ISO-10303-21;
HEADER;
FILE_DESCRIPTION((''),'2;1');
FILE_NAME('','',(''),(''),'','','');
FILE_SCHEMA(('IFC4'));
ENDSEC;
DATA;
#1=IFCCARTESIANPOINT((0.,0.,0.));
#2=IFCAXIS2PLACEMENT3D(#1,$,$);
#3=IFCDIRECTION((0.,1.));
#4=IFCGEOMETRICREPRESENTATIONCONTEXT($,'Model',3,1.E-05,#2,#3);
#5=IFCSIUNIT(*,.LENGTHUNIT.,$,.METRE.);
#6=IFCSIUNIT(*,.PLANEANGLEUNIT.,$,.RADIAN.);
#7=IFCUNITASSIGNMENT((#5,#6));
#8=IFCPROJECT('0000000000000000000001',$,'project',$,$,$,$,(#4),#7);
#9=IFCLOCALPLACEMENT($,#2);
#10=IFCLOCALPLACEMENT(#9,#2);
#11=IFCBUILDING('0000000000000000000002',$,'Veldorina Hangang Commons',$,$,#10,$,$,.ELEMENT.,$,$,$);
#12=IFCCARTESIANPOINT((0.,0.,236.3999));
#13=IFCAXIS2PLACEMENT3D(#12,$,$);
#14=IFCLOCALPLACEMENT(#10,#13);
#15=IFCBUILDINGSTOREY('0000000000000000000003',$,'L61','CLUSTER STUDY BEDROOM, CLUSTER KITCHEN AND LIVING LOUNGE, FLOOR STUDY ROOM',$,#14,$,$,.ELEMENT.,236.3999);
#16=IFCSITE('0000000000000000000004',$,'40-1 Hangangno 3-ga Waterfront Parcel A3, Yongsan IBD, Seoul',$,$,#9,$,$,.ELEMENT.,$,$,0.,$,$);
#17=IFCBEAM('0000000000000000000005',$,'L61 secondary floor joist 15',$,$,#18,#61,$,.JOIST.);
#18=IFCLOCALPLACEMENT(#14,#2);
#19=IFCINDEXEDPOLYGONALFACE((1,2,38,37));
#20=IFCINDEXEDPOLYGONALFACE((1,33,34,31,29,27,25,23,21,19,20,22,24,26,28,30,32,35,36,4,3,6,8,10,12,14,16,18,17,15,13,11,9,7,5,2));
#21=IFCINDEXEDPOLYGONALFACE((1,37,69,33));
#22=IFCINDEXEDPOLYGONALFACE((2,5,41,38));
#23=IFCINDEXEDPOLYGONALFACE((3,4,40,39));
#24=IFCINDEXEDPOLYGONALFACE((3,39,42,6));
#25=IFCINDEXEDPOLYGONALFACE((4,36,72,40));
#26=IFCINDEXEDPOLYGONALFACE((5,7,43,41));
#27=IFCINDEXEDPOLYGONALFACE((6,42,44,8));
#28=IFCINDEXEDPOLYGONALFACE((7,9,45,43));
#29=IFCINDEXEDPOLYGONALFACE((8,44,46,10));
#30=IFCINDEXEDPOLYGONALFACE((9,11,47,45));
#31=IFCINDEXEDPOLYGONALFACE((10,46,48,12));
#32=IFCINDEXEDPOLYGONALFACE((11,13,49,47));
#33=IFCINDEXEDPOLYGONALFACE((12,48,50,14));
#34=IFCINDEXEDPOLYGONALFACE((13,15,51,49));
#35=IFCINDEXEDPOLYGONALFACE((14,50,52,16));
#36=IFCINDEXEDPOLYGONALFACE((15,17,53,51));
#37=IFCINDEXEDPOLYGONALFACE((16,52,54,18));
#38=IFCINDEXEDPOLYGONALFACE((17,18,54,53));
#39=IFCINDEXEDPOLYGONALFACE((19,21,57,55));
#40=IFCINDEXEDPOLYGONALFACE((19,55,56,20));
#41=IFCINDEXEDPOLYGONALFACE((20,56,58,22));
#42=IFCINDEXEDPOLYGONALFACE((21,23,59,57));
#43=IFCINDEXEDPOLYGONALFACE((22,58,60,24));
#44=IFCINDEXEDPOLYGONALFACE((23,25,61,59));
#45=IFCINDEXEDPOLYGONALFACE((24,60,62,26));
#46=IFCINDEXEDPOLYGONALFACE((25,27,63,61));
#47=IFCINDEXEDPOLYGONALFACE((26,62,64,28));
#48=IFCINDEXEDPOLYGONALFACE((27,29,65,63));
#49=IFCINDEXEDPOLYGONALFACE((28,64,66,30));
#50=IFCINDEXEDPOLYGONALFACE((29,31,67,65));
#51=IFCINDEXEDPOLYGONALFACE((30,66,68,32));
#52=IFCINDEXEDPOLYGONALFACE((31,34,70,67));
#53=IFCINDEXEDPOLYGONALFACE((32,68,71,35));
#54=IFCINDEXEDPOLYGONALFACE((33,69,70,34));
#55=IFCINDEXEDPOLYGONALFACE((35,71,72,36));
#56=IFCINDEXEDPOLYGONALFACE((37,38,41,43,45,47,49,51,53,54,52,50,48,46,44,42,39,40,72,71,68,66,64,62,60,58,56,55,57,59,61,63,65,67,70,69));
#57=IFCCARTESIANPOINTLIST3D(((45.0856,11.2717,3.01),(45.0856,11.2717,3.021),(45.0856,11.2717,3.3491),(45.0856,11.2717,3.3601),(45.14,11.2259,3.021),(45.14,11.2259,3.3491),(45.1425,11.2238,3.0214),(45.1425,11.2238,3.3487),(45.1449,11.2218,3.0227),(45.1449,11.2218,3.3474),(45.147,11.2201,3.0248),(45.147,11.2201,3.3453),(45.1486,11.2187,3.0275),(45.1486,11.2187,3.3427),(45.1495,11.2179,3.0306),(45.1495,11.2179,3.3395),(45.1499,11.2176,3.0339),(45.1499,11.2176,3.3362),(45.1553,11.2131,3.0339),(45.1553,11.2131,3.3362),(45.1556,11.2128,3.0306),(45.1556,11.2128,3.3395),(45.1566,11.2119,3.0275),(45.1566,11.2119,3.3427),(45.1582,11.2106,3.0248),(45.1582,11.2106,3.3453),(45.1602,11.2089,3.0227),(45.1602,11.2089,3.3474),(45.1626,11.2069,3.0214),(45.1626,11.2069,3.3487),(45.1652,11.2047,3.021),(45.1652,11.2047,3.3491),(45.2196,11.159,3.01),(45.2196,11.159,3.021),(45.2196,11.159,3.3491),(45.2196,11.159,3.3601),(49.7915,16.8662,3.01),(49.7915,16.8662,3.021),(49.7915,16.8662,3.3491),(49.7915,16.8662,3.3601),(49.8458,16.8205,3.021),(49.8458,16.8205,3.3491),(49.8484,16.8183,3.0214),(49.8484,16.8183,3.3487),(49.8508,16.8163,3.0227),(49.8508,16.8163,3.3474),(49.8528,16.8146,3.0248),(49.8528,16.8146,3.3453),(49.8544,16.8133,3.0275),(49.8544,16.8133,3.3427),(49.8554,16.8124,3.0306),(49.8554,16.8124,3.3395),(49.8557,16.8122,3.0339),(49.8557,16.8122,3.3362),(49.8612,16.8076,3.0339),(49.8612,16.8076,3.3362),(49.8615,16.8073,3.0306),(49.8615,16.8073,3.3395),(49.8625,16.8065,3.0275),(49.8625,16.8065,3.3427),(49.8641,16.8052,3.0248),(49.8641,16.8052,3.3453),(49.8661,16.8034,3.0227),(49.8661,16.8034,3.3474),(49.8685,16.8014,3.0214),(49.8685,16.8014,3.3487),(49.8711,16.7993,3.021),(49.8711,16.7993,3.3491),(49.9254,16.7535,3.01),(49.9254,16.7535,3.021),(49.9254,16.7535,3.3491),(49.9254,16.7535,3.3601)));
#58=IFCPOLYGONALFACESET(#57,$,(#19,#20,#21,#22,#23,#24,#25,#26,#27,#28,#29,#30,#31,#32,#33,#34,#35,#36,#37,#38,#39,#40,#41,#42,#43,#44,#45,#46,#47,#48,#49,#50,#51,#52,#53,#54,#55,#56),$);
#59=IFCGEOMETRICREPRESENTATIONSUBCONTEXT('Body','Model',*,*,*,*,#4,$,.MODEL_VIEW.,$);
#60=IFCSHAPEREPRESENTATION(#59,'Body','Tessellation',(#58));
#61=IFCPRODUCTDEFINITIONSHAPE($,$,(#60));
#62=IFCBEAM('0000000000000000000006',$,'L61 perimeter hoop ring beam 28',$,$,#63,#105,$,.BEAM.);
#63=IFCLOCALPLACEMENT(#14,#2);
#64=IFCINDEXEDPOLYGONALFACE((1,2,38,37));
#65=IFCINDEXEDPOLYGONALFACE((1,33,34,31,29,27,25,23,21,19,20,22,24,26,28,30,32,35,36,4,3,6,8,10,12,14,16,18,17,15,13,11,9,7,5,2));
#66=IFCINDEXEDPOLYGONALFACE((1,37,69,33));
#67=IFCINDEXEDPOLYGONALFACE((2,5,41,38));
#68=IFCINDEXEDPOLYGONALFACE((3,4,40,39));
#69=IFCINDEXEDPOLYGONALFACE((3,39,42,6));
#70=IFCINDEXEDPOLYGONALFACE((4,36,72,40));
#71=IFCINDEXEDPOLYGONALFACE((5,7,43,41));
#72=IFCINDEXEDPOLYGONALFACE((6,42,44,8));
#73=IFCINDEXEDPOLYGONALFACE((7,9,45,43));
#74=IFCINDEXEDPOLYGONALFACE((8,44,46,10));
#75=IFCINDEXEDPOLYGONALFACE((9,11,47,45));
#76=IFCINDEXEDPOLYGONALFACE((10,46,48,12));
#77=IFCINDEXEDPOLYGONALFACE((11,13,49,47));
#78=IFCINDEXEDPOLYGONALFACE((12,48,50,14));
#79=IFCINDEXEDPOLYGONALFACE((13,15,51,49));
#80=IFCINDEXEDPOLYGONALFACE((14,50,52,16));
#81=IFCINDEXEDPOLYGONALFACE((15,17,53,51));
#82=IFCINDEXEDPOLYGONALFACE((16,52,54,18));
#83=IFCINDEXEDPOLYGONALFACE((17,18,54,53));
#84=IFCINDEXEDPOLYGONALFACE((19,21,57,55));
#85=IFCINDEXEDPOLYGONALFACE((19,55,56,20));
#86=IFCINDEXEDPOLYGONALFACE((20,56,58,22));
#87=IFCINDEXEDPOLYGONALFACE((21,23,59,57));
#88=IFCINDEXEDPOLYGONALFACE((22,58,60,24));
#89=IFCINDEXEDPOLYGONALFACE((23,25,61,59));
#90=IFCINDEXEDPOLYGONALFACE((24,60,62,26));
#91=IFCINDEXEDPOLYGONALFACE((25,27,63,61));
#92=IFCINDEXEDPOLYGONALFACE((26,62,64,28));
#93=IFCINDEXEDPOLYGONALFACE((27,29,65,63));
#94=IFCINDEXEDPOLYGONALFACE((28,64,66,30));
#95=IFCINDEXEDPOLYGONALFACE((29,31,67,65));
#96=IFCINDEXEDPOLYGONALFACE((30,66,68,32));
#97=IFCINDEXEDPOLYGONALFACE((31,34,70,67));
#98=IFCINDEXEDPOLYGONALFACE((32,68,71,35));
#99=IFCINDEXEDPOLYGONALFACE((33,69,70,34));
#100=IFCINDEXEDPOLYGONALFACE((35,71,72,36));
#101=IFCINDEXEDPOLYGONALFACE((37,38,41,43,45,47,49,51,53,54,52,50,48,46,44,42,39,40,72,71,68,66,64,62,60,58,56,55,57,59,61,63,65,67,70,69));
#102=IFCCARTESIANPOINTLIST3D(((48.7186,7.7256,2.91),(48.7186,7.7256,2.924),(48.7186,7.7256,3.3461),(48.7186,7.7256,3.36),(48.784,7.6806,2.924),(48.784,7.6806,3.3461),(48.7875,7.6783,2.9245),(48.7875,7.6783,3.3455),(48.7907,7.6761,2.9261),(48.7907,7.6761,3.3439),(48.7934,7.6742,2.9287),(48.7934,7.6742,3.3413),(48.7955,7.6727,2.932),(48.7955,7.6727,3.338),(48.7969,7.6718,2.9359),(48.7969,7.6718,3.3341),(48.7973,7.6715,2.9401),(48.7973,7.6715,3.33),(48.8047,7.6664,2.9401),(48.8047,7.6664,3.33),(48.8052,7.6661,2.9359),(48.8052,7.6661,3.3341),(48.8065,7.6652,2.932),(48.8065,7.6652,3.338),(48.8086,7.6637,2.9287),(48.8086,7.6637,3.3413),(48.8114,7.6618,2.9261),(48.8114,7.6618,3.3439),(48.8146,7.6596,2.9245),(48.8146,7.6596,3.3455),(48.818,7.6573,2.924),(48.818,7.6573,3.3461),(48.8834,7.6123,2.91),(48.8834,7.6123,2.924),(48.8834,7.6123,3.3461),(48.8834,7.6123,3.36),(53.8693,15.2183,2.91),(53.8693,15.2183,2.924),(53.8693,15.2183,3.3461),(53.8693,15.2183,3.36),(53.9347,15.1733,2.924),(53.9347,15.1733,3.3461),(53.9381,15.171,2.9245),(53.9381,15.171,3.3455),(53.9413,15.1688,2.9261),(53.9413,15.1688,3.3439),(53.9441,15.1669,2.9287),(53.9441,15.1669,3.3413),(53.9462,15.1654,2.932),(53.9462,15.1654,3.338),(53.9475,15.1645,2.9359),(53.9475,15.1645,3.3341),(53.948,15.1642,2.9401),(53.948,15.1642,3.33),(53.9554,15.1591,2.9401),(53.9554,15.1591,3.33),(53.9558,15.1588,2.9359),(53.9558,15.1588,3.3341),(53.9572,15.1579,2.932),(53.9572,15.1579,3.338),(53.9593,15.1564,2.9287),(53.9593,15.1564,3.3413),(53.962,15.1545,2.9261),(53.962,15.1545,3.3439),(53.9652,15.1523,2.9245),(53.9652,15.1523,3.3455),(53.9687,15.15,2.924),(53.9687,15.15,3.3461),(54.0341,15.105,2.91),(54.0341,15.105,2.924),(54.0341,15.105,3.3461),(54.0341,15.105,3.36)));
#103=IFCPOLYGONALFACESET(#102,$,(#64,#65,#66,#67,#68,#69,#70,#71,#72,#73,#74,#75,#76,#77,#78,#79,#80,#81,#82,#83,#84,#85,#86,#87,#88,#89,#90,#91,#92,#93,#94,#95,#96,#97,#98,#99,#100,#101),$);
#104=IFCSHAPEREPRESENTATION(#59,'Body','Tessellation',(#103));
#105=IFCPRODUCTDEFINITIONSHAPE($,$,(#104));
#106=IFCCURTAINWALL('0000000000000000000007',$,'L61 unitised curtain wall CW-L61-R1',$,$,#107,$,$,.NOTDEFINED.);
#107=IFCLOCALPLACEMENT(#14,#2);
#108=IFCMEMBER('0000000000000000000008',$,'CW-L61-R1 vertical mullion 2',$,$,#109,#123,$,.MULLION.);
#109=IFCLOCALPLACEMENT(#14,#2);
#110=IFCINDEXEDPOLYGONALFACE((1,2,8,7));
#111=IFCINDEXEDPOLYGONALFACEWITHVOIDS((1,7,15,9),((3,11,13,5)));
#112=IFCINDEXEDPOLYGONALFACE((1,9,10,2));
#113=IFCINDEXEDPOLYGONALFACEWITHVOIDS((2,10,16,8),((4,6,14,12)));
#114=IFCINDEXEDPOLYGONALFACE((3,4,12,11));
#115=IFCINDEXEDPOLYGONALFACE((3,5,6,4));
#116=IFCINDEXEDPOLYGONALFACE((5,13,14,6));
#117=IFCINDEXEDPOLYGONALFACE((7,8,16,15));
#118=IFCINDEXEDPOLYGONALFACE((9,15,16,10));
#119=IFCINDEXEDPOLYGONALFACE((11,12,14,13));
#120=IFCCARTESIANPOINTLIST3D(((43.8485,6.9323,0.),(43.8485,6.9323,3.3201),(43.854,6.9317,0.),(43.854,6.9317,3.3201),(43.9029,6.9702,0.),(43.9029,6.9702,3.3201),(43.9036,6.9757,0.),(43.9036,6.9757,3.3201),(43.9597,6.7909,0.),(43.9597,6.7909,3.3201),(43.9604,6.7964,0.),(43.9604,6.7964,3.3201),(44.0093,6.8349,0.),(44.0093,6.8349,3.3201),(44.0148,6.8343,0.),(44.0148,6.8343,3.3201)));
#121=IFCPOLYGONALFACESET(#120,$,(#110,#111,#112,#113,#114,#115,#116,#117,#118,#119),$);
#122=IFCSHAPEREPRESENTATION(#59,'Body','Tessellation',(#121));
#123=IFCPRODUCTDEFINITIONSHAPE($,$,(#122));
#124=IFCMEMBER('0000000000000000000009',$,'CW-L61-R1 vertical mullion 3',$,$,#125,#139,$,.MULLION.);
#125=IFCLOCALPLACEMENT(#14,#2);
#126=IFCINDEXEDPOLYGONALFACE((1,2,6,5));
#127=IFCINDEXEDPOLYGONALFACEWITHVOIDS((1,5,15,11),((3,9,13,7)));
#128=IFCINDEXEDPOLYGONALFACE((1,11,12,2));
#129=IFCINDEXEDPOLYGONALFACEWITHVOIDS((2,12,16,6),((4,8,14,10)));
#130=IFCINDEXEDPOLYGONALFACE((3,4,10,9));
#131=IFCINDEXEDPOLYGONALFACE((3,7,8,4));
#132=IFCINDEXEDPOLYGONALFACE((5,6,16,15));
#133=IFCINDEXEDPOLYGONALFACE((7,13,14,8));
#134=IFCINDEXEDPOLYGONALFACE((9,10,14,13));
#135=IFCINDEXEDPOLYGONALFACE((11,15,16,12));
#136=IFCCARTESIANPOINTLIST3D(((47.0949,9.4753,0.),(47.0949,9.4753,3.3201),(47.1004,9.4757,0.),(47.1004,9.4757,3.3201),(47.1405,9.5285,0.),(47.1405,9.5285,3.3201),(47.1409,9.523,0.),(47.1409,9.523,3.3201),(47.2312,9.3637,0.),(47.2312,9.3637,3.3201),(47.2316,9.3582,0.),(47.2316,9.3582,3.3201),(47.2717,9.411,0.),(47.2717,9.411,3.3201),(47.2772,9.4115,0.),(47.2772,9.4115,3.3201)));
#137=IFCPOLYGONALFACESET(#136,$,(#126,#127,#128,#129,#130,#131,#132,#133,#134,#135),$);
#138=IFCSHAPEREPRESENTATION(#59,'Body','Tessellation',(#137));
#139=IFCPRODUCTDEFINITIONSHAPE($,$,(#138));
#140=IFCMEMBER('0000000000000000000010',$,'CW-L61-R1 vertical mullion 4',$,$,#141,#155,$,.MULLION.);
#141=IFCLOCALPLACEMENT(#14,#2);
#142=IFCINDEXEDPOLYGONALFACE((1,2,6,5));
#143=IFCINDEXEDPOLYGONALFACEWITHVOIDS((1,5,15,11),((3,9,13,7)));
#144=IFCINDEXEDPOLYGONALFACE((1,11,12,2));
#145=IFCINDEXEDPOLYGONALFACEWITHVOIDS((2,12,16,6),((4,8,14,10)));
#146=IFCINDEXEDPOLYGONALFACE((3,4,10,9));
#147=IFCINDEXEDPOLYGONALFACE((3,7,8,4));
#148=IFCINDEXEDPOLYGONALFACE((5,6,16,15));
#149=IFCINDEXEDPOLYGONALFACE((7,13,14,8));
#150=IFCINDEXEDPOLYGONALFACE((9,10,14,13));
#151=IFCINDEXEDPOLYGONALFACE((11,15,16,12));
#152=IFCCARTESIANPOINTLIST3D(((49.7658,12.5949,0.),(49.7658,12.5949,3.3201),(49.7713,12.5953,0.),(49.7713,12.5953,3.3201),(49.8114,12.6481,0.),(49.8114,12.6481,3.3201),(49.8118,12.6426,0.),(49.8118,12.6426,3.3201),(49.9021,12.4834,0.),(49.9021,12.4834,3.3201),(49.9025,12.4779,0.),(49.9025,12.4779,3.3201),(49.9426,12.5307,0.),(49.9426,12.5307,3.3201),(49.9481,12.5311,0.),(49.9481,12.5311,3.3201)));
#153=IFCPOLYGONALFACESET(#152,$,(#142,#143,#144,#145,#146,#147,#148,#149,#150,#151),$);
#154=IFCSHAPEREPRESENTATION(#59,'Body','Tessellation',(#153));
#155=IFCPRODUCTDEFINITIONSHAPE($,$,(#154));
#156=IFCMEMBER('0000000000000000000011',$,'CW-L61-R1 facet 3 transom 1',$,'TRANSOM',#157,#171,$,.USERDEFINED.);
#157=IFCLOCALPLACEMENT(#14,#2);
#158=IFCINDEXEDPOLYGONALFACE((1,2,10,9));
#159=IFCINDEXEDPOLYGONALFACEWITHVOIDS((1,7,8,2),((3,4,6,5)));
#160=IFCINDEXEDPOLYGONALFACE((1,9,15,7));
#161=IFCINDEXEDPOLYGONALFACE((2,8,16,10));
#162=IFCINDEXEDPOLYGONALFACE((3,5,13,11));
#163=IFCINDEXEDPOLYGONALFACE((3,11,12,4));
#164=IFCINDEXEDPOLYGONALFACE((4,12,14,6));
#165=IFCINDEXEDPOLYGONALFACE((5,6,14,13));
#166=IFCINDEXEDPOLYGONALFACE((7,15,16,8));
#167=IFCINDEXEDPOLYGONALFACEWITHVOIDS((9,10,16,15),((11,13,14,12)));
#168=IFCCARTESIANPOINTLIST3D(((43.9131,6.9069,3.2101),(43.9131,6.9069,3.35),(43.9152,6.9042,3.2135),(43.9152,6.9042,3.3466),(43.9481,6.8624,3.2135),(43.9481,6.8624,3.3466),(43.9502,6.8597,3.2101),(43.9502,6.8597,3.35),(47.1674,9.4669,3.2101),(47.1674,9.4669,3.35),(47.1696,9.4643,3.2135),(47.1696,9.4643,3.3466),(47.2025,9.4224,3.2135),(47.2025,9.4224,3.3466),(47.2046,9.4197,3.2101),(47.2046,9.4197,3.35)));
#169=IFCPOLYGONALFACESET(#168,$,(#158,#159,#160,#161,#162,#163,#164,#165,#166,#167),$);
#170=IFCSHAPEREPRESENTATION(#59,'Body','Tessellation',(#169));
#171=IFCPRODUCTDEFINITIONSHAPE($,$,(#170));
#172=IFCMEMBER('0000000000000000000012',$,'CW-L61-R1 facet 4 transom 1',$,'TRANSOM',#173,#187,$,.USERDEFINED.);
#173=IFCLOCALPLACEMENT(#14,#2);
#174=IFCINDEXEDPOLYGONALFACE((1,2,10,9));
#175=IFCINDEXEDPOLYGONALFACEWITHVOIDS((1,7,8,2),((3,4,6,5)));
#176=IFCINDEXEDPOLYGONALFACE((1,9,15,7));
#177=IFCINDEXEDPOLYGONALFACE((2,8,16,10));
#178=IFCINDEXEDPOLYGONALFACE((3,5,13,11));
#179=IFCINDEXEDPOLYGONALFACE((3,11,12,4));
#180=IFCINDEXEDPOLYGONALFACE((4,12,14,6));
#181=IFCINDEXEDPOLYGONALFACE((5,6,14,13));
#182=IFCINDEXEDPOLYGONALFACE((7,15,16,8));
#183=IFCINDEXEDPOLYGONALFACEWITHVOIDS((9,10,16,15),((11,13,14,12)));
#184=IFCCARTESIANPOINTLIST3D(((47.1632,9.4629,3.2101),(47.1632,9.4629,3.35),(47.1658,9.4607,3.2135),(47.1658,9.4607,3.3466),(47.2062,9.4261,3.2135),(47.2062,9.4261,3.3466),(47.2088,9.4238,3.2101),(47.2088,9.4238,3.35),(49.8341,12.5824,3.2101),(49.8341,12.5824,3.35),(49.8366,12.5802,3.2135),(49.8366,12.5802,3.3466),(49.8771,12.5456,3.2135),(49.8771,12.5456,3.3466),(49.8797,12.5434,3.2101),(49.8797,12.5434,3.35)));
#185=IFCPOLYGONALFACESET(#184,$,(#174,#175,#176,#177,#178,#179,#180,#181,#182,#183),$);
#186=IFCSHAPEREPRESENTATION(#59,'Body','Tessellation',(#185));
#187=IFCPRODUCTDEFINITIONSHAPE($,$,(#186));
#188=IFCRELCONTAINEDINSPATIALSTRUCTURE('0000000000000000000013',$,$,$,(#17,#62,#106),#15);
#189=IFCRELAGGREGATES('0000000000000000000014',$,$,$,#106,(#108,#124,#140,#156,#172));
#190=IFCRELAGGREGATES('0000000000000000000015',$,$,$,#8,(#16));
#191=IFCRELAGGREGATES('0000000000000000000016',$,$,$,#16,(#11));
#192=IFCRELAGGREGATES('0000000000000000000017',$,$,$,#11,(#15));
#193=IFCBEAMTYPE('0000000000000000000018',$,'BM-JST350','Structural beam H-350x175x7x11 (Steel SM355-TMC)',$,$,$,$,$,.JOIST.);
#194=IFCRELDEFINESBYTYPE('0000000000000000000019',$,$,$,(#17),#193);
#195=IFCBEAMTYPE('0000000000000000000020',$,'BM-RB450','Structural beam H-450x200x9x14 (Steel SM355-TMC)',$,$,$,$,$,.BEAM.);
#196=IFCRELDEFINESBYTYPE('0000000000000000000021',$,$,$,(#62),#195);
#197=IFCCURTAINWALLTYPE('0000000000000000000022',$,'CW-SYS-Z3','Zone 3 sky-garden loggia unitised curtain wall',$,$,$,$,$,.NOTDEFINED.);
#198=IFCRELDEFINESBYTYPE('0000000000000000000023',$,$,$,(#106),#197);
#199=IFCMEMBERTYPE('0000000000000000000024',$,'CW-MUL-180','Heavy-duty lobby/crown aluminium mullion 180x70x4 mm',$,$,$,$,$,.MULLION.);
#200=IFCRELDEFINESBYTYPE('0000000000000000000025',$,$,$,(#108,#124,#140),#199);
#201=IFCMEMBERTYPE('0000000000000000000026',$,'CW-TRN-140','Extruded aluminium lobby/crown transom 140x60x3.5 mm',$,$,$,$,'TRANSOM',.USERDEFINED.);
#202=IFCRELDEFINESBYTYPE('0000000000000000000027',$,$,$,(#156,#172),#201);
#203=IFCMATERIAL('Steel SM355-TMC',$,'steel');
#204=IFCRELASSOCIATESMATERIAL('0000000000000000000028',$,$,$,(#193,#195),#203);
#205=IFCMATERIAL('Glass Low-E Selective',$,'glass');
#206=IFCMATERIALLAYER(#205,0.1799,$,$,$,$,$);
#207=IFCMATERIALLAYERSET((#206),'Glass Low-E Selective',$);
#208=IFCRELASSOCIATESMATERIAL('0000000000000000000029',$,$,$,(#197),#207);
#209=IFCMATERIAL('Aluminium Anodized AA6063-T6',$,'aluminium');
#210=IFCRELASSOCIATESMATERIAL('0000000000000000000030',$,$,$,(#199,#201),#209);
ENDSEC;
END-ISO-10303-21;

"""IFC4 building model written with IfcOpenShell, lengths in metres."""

from ifc_helpers import new_model, si_unit, direction, frame, origin, origin_2d, place, context, subcontext, project, spatial, hollow_rectangle, i_section, extrude, material, layer, layer_set, material_profile, profile_set, type_object, element, aggregate, save


model = new_model("IFC4")

# Units and contexts
model_context = context("Model", 3, precision=1e-05, world=origin(), true_north=direction((0.0, 1.0)))
body_context = subcontext(model_context, "Body", "Model", "MODEL_VIEW")
ifc_project = project(units=[si_unit("LENGTHUNIT", "METRE"), si_unit("PLANEANGLEUNIT", "RADIAN")], contexts=[model_context])

# Site, building, storey
site_placement = place(None, origin())
site = spatial("IfcSite", under=ifc_project, at=site_placement, Name="40-1 Hangangno 3-ga Waterfront Parcel A3, Yongsan IBD, Seoul", CompositionType="ELEMENT", RefElevation=0.0)
building_placement = place(site_placement, origin())
building = spatial("IfcBuilding", under=site, at=building_placement, Name="Veldorina Hangang Commons", CompositionType="ELEMENT")
storey_placement = place(building_placement, frame((0.0, 0.0, 236.3999)))
storey = spatial("IfcBuildingStorey", under=building, at=storey_placement, Name="L61", Description="CLUSTER STUDY BEDROOM, CLUSTER KITCHEN AND LIVING LOUNGE, FLOOR STUDY ROOM", CompositionType="ELEMENT", Elevation=236.3999)

# Beams
ifc_material_1 = material(Name="Steel SM355-TMC", Category="steel")
ifc_material_profile_1 = material_profile(ifc_material_1, i_section(OverallWidth=0.175, OverallDepth=0.3501, WebThickness=0.0071, FlangeThickness=0.011, FilletRadius=0.0129, at=origin_2d()), Name="H-350x175x7x11")
ifc_profile_set_1 = profile_set([ifc_material_profile_1], Name="Steel SM355-TMC")
beam_type_1 = type_object("IfcBeamType", Name="BM-JST350", Description="Structural beam H-350x175x7x11 (Steel SM355-TMC)", PredefinedType="JOIST", material=ifc_profile_set_1)
beam_1_placement = place(storey_placement, frame((45.1526, 11.2153, 3.1851), z_axis=(0.643709, 0.76527, 0.0), x_axis=(-0.76527, 0.643709, 0.0)))
element("IfcBeam", 1, at=beam_1_placement, inside=storey, type_object=beam_type_1, Name="L61 secondary floor joist 15", PredefinedType="JOIST", context=body_context, shape_type="SweptSolid", body=[
    extrude(i_section(OverallWidth=0.175, OverallDepth=0.3501, WebThickness=0.0071, FlangeThickness=0.011, FilletRadius=0.0129, at=origin_2d()), origin(), (0.0, 0.0, 1.0), 7.3105),
])
ifc_material_profile_2 = material_profile(ifc_material_1, i_section(OverallWidth=0.2, OverallDepth=0.45, WebThickness=0.009, FlangeThickness=0.0139, FilletRadius=0.0161, at=origin_2d()), Name="H-450x200x9x14")
ifc_profile_set_2 = profile_set([ifc_material_profile_2], Name="Steel SM355-TMC")
beam_type_2 = type_object("IfcBeamType", Name="BM-RB450", Description="Structural beam H-450x200x9x14 (Steel SM355-TMC)", PredefinedType="BEAM", material=ifc_profile_set_2)
beam_2_placement = place(storey_placement, frame((48.801, 7.6689, 3.135), z_axis=(0.566486, 0.824072, 0.0), x_axis=(-0.824072, 0.566486, 0.0)))
element("IfcBeam", 2, at=beam_2_placement, inside=storey, type_object=beam_type_2, Name="L61 perimeter hoop ring beam 28", PredefinedType="BEAM", context=body_context, shape_type="SweptSolid", body=[
    extrude(i_section(OverallWidth=0.2, OverallDepth=0.45, WebThickness=0.009, FlangeThickness=0.0139, FilletRadius=0.0161, at=origin_2d()), origin(), (0.0, 0.0, 1.0), 9.0923),
])

# Curtain wall, members
ifc_material_2 = material(Name="Glass Low-E Selective", Category="glass")
ifc_layer_1 = layer(ifc_material_2, 0.1799)
ifc_layer_set_1 = layer_set([ifc_layer_1], Name="Glass Low-E Selective")
curtain_wall_type = type_object("IfcCurtainWallType", Name="CW-SYS-Z3", Description="Zone 3 sky-garden loggia unitised curtain wall", PredefinedType="NOTDEFINED", material=ifc_layer_set_1)
curtain_wall_placement = place(storey_placement, origin())
curtain_wall = element("IfcCurtainWall", 3, at=curtain_wall_placement, inside=storey, type_object=curtain_wall_type, Name="L61 unitised curtain wall CW-L61-R1", PredefinedType="NOTDEFINED")
ifc_material_3 = material(Name="Aluminium Anodized AA6063-T6", Category="aluminium")
ifc_material_profile_3 = material_profile(ifc_material_3, hollow_rectangle(XDim=0.0701, YDim=0.1799, WallThickness=0.0039, at=origin_2d()), Name="ALU-RHS-180x70x4")
ifc_profile_set_3 = profile_set([ifc_material_profile_3], Name="Aluminium Anodized AA6063-T6")
member_type_1 = type_object("IfcMemberType", Name="CW-MUL-180", Description="Heavy-duty lobby/crown aluminium mullion 180x70x4 mm", PredefinedType="MULLION", material=ifc_profile_set_3)
member_1_placement = place(storey_placement, frame((43.9316, 6.8833, 0.0), z_axis=(0.0, 0.0, 1.0), x_axis=(0.785954, 0.618285, 0.0)))
member_1 = element("IfcMember", 4, at=member_1_placement, type_object=member_type_1, Name="CW-L61-R1 vertical mullion 2", PredefinedType="MULLION", context=body_context, shape_type="SweptSolid", body=[
    extrude(hollow_rectangle(XDim=0.0701, YDim=0.1799, WallThickness=0.0039, at=origin_2d()), origin(), (0.0, 0.0, 1.0), 3.3201),
])
member_2_placement = place(storey_placement, frame((47.186, 9.4434, 0.0), z_axis=(0.0, 0.0, 1.0), x_axis=(0.650363, 0.759623, 0.0)))
member_2 = element("IfcMember", 5, at=member_2_placement, type_object=member_type_1, Name="CW-L61-R1 vertical mullion 3", PredefinedType="MULLION", context=body_context, shape_type="SweptSolid", body=[
    extrude(hollow_rectangle(XDim=0.0701, YDim=0.1799, WallThickness=0.0039, at=origin_2d()), origin(), (0.0, 0.0, 1.0), 3.3201),
])
member_3_placement = place(storey_placement, frame((49.8569, 12.563, 0.0), z_axis=(0.0, 0.0, 1.0), x_axis=(-0.650363, -0.759623, 0.0)))
member_3 = element("IfcMember", 6, at=member_3_placement, type_object=member_type_1, Name="CW-L61-R1 vertical mullion 4", PredefinedType="MULLION", context=body_context, shape_type="SweptSolid", body=[
    extrude(hollow_rectangle(XDim=0.0701, YDim=0.1799, WallThickness=0.0039, at=origin_2d()), origin(), (0.0, 0.0, 1.0), 3.3201),
])
ifc_material_profile_4 = material_profile(ifc_material_3, hollow_rectangle(XDim=0.0601, YDim=0.1399, WallThickness=0.0034, at=origin_2d()), Name="ALU-RHS-140x60x3.5")
ifc_profile_set_4 = profile_set([ifc_material_profile_4], Name="Aluminium Anodized AA6063-T6")
member_type_2 = type_object("IfcMemberType", Name="CW-TRN-140", Description="Extruded aluminium lobby/crown transom 140x60x3.5 mm", ElementType="TRANSOM", PredefinedType="USERDEFINED", material=ifc_profile_set_4)
member_4_placement = place(storey_placement, frame((43.9316, 6.8833, 3.28), z_axis=(0.785962, 0.618275, 0.0), x_axis=(-0.618275, 0.785962, 0.0)))
member_4 = element("IfcMember", 7, at=member_4_placement, type_object=member_type_2, Name="CW-L61-R1 facet 3 transom 1", ObjectType="TRANSOM", PredefinedType="USERDEFINED", context=body_context, shape_type="SweptSolid", body=[
    extrude(hollow_rectangle(XDim=0.0601, YDim=0.1399, WallThickness=0.0034, at=origin_2d()), origin(), (0.0, 0.0, 1.0), 4.1406),
])
member_5_placement = place(storey_placement, frame((47.186, 9.4434, 3.28), z_axis=(0.65036, 0.759626, 0.0), x_axis=(-0.759626, 0.65036, 0.0)))
member_5 = element("IfcMember", 8, at=member_5_placement, type_object=member_type_2, Name="CW-L61-R1 facet 4 transom 1", ObjectType="TRANSOM", PredefinedType="USERDEFINED", context=body_context, shape_type="SweptSolid", body=[
    extrude(hollow_rectangle(XDim=0.0601, YDim=0.1399, WallThickness=0.0034, at=origin_2d()), origin(), (0.0, 0.0, 1.0), 4.1067),
])

aggregate(curtain_wall, [member_1, member_2, member_3, member_4, member_5])

save(model, "model.ifc")
